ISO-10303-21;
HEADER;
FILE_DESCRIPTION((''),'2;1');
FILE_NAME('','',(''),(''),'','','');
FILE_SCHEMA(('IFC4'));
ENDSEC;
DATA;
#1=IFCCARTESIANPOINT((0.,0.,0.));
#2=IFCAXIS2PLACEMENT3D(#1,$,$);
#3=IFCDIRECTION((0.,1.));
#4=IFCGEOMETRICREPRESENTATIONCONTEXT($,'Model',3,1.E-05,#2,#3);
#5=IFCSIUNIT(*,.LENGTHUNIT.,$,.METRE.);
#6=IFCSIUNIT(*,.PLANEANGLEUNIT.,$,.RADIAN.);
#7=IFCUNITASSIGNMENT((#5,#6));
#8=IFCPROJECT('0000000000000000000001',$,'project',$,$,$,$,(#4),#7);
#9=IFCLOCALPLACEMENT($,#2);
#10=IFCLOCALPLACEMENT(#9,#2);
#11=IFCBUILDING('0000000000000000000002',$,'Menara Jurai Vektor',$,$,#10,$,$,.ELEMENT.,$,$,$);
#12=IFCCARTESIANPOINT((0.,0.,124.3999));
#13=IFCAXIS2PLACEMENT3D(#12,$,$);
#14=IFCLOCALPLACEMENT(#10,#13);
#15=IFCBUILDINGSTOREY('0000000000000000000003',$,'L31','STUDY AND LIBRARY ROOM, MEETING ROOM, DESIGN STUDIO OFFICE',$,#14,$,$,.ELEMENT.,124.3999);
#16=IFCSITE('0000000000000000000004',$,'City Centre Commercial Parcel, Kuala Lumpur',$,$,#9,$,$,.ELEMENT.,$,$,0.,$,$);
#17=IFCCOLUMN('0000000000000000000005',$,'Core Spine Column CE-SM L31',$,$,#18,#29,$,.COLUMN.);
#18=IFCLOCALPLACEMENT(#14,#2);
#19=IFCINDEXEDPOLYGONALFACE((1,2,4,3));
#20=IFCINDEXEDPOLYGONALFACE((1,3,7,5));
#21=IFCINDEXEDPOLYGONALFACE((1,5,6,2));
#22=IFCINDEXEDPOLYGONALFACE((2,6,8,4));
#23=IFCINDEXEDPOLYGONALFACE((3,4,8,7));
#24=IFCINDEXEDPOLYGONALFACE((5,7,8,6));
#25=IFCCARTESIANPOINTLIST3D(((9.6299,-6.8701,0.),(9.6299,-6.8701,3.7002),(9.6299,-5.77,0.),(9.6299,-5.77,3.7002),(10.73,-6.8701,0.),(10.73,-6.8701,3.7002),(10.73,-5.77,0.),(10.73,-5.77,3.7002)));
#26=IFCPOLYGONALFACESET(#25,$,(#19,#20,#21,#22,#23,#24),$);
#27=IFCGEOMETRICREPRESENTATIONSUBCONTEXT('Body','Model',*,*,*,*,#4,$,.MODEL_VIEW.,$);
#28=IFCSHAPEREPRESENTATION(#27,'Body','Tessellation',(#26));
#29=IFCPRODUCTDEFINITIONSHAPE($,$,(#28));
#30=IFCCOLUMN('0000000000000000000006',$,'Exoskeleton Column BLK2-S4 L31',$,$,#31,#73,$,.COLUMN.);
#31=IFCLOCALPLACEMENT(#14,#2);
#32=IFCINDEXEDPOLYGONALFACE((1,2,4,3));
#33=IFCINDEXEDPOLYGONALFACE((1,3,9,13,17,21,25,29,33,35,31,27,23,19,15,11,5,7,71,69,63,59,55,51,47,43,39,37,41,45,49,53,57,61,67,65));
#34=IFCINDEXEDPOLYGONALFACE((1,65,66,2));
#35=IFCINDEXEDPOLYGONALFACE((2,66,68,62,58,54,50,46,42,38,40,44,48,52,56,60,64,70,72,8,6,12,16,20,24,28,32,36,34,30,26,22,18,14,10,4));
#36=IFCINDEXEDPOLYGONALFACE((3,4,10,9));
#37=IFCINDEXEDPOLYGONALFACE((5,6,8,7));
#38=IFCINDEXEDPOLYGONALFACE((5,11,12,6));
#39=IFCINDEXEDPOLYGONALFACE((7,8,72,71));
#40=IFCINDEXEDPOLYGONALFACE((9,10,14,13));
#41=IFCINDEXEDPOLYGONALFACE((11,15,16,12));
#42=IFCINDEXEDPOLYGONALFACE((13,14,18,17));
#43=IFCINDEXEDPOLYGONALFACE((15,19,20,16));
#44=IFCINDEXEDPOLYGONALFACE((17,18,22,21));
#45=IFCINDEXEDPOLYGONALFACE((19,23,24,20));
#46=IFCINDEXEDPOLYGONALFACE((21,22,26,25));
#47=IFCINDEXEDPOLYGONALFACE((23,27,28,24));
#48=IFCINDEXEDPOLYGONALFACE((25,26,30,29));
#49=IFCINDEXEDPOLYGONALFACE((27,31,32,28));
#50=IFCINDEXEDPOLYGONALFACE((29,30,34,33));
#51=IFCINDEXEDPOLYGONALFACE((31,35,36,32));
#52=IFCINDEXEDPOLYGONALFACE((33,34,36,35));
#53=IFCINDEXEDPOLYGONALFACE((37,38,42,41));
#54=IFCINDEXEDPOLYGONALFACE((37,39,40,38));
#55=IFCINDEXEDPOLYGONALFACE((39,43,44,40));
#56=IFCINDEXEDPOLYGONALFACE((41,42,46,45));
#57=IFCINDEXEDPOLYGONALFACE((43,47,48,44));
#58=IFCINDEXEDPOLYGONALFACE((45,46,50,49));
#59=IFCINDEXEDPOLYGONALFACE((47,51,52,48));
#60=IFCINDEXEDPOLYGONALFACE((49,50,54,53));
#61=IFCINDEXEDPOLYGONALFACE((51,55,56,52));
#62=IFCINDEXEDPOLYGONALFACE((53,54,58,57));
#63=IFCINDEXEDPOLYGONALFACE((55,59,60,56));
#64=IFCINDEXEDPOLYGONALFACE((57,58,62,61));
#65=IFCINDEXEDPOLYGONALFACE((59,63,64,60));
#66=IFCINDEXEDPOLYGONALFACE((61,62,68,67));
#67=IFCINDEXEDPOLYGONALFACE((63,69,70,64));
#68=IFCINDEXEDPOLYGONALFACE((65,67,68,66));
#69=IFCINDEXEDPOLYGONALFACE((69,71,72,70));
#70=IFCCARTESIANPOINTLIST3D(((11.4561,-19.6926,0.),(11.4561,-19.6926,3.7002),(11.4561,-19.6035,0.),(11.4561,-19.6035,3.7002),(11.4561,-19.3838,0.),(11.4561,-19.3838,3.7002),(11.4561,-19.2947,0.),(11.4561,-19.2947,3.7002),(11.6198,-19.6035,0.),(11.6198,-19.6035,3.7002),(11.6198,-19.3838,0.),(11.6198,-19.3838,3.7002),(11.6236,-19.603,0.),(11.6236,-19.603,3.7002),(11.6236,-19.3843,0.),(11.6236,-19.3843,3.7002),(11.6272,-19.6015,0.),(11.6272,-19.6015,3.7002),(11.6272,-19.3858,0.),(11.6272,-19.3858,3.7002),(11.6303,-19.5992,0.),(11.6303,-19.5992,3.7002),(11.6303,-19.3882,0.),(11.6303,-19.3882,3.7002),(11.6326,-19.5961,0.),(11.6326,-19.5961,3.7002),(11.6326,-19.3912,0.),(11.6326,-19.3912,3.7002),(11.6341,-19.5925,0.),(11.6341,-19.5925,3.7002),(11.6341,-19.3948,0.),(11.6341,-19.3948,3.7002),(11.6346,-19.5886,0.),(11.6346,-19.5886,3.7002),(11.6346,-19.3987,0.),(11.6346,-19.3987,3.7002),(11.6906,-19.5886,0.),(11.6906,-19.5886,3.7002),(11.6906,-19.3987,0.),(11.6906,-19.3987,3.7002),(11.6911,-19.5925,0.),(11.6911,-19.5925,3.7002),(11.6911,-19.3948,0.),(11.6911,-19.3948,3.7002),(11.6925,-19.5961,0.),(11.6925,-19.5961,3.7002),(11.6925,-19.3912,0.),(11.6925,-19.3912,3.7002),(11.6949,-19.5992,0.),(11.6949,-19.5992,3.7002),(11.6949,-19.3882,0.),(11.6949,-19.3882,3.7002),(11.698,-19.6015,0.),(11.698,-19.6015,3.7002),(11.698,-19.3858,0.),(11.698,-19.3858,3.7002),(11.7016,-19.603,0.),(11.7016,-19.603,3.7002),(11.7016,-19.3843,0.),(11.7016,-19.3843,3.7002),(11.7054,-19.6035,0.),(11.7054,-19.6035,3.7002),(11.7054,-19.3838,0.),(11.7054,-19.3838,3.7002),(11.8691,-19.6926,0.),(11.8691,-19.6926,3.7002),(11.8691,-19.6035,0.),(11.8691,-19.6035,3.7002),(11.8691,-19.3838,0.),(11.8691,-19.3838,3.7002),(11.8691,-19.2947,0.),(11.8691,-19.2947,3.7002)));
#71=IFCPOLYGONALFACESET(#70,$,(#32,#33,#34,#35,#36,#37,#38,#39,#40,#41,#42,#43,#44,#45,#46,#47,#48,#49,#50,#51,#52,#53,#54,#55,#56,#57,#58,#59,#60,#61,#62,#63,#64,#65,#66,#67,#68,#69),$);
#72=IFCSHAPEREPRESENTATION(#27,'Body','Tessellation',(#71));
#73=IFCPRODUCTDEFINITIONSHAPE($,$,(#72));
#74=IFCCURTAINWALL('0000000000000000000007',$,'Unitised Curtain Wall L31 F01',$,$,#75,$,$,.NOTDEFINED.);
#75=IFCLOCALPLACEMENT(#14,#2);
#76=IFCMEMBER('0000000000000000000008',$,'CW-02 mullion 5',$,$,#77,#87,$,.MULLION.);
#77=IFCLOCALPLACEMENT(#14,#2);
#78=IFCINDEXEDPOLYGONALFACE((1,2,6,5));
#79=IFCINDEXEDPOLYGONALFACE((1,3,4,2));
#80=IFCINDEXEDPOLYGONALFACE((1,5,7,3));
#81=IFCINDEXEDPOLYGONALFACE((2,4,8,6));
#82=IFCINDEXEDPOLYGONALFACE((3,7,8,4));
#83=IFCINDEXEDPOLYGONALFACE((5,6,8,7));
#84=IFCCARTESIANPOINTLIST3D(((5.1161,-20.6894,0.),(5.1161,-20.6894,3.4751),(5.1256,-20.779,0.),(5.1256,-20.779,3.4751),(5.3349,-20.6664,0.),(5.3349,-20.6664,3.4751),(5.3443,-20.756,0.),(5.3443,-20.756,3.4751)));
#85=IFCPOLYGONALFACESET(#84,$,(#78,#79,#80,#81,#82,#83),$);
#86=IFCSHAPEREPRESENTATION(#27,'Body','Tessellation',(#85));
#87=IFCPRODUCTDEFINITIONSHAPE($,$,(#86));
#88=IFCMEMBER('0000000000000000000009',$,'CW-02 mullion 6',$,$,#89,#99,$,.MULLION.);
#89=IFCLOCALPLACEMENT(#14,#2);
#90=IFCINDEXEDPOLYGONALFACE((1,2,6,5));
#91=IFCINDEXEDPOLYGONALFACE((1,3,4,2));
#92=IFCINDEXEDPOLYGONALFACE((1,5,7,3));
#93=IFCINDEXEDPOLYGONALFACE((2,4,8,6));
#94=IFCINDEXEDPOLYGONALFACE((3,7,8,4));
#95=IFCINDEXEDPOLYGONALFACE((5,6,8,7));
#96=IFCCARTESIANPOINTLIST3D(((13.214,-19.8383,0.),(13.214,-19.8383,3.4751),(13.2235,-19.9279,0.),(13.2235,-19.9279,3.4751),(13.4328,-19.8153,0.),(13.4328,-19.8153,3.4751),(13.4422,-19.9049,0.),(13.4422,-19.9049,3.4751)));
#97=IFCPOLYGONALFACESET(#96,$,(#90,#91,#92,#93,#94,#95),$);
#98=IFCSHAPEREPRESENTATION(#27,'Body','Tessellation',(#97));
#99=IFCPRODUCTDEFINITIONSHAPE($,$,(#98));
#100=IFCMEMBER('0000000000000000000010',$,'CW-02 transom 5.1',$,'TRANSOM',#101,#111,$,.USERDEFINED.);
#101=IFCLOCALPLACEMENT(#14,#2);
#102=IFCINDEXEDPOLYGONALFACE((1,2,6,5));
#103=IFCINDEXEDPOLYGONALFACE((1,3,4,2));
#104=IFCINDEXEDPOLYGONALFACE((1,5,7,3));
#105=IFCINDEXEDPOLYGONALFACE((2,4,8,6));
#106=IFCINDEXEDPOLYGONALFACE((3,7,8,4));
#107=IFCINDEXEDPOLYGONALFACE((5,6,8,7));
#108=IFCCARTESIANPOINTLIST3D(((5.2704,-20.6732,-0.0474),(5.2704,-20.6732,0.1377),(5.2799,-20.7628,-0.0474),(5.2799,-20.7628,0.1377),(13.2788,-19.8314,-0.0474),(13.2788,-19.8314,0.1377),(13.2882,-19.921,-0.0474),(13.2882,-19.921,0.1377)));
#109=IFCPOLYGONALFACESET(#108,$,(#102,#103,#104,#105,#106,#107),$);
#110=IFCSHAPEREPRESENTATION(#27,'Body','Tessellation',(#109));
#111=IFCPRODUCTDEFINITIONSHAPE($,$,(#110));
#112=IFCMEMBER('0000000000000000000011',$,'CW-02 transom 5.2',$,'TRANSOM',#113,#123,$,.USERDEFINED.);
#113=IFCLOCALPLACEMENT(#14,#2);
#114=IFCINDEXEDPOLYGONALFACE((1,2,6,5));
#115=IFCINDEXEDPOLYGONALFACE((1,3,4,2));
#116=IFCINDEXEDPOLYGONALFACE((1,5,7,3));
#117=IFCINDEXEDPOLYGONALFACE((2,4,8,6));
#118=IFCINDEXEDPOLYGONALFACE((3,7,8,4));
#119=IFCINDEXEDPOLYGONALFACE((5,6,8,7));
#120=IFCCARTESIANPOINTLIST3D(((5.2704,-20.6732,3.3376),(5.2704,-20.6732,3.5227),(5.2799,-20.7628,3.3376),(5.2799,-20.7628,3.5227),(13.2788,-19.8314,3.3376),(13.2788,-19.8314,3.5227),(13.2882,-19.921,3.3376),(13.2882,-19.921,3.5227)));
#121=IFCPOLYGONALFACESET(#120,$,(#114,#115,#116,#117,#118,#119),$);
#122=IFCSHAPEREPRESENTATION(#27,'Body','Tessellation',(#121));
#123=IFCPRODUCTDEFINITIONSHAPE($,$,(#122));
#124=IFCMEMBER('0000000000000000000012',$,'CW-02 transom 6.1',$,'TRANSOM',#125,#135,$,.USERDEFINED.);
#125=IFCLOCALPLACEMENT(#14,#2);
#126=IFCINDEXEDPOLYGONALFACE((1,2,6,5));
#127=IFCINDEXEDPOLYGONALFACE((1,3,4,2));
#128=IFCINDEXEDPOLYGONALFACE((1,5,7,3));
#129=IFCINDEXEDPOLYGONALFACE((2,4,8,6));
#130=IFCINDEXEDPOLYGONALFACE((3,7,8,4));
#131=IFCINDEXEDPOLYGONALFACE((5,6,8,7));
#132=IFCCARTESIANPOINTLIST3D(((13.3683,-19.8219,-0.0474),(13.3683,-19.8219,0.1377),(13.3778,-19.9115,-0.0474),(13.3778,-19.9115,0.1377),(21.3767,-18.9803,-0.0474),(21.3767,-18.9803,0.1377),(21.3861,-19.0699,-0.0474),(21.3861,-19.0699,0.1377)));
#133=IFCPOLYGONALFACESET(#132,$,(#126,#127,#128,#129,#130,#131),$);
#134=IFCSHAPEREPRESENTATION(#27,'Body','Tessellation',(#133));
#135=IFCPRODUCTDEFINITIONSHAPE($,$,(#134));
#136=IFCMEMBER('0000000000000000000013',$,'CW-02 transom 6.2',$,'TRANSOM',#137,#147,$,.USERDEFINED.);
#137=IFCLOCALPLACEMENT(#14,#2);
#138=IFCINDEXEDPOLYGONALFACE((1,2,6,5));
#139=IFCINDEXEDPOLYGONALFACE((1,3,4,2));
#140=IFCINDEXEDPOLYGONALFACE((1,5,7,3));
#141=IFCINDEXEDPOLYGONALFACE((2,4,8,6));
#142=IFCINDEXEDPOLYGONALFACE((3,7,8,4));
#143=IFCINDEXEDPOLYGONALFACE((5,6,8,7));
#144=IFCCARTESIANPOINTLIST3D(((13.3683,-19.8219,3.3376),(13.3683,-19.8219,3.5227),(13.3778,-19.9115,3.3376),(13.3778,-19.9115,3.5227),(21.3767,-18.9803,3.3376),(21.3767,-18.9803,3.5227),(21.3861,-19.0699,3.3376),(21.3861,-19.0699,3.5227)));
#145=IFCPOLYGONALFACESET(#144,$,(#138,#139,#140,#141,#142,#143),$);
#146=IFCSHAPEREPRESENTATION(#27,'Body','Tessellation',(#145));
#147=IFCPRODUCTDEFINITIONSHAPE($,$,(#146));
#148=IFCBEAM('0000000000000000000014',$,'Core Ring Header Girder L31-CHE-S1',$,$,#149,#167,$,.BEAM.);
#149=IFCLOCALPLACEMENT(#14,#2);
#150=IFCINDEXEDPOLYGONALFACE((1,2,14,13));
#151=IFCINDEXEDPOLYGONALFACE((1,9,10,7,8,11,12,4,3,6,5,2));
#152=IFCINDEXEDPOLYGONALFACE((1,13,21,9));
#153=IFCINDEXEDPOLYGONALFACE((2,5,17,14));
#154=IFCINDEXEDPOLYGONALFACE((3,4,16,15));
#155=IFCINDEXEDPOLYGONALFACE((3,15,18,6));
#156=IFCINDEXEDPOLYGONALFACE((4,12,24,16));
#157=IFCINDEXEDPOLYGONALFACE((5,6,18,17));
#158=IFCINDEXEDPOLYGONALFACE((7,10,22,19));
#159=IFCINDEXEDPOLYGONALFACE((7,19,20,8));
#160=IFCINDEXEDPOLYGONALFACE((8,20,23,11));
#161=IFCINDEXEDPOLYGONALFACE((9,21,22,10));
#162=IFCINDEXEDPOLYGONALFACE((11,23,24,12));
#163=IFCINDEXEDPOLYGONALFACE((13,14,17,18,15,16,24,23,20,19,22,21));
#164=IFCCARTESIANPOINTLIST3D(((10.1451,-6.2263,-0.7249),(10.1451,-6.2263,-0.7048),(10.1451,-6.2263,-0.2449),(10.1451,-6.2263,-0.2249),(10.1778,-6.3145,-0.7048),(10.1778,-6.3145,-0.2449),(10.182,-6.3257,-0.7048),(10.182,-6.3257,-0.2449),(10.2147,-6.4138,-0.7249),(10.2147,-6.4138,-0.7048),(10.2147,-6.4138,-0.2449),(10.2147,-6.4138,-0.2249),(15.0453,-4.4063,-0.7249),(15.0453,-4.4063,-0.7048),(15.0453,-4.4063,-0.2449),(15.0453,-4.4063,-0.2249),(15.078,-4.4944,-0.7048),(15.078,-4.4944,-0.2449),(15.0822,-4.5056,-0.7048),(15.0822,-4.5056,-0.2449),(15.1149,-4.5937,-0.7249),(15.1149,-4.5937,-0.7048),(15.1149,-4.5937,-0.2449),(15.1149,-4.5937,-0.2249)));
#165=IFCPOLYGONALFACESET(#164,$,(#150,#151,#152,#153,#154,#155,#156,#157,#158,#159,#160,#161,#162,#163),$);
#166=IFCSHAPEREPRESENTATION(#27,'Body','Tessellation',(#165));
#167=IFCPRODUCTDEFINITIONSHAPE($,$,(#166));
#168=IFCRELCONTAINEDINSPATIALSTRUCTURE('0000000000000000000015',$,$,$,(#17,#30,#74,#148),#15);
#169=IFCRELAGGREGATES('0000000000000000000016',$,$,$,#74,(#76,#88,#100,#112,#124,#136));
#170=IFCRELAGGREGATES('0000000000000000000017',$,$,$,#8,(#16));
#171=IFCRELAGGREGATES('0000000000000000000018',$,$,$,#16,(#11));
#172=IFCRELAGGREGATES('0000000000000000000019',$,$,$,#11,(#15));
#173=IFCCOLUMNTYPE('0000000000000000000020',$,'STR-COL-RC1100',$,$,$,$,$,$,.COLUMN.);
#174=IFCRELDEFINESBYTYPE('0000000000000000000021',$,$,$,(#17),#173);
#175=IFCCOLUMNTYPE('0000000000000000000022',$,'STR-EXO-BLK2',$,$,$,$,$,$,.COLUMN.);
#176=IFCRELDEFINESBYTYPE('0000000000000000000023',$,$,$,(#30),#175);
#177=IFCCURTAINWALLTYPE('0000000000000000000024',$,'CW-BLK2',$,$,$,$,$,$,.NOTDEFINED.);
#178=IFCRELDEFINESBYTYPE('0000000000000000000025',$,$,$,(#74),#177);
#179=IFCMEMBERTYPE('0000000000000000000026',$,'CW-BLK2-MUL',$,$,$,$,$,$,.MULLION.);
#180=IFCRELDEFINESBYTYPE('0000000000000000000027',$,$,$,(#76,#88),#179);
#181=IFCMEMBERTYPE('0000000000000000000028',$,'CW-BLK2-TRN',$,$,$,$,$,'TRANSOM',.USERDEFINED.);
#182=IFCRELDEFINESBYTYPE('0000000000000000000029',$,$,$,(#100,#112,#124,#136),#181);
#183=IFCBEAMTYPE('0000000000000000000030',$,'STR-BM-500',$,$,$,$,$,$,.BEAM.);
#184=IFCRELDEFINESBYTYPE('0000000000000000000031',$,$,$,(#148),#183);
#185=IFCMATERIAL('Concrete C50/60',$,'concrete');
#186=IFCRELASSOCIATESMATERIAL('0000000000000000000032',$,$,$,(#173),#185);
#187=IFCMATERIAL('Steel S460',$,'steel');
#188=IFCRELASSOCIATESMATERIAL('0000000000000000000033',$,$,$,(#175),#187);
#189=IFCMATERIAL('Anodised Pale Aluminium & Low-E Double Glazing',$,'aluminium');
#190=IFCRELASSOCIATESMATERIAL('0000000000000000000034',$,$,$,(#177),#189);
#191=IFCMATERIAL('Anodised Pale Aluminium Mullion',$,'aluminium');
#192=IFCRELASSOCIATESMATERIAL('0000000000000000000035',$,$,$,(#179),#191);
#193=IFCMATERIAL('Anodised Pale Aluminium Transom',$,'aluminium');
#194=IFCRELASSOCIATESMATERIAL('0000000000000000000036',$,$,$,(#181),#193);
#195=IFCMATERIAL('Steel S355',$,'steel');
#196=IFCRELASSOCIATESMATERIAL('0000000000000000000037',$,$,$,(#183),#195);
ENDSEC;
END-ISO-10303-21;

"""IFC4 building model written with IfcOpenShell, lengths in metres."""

from ifc_helpers import new_model, si_unit, direction, frame, origin, origin_2d, place, context, subcontext, project, spatial, rectangle, i_section, extrude, material, material_profile, profile_set, type_object, element, aggregate, save


model = new_model("IFC4")

# Units and contexts
model_context = context("Model", 3, precision=1e-05, world=origin(), true_north=direction((0.0, 1.0)))
body_context = subcontext(model_context, "Body", "Model", "MODEL_VIEW")
ifc_project = project(units=[si_unit("LENGTHUNIT", "METRE"), si_unit("PLANEANGLEUNIT", "RADIAN")], contexts=[model_context])

# Site, building, storey
site_placement = place(None, origin())
site = spatial("IfcSite", under=ifc_project, at=site_placement, Name="City Centre Commercial Parcel, Kuala Lumpur", CompositionType="ELEMENT", RefElevation=0.0)
building_placement = place(site_placement, origin())
building = spatial("IfcBuilding", under=site, at=building_placement, Name="Menara Jurai Vektor", CompositionType="ELEMENT")
storey_placement = place(building_placement, frame((0.0, 0.0, 124.3999)))
storey = spatial("IfcBuildingStorey", under=building, at=storey_placement, Name="L31", Description="STUDY AND LIBRARY ROOM, MEETING ROOM, DESIGN STUDIO OFFICE", CompositionType="ELEMENT", Elevation=124.3999)

# Columns
ifc_material_1 = material(Name="Concrete C50/60", Category="concrete")
ifc_material_profile_1 = material_profile(ifc_material_1, rectangle(XDim=1.1001, YDim=1.1001, at=origin_2d()), Name="RC 1100x1100")
ifc_profile_set_1 = profile_set([ifc_material_profile_1], Name="Concrete C50/60")
column_type_1 = type_object("IfcColumnType", Name="STR-COL-RC1100", PredefinedType="COLUMN", material=ifc_profile_set_1)
column_1_placement = place(storey_placement, frame((10.1799, -6.3201, 0.0), z_axis=(0.0, 0.0, 1.0), x_axis=(1.0, 0.0, 0.0)))
element("IfcColumn", 1, at=column_1_placement, inside=storey, type_object=column_type_1, Name="Core Spine Column CE-SM L31", PredefinedType="COLUMN", context=body_context, shape_type="SweptSolid", body=[
    extrude(rectangle(XDim=1.1001, YDim=1.1001, at=origin_2d()), origin(), (0.0, 0.0, 1.0), 3.7002),
])
ifc_material_2 = material(Name="Steel S460", Category="steel")
ifc_material_profile_2 = material_profile(ifc_material_2, i_section(OverallWidth=0.4131, OverallDepth=0.3979, WebThickness=0.0559, FlangeThickness=0.0891, FilletRadius=0.0149, at=origin_2d()), Name="HD 400x744")
ifc_profile_set_2 = profile_set([ifc_material_profile_2], Name="Steel S460")
column_type_2 = type_object("IfcColumnType", Name="STR-EXO-BLK2", PredefinedType="COLUMN", material=ifc_profile_set_2)
column_2_placement = place(storey_placement, frame((11.6626, -19.4937, 0.0), z_axis=(0.0, 0.0, 1.0), x_axis=(1.0, 0.0, 0.0)))
element("IfcColumn", 2, at=column_2_placement, inside=storey, type_object=column_type_2, Name="Exoskeleton Column BLK2-S4 L31", PredefinedType="COLUMN", context=body_context, shape_type="SweptSolid", body=[
    extrude(i_section(OverallWidth=0.4131, OverallDepth=0.3979, WebThickness=0.0559, FlangeThickness=0.0891, FilletRadius=0.0149, at=origin_2d()), origin(), (0.0, 0.0, 1.0), 3.7002),
])

# Curtain wall, members
ifc_material_3 = material(Name="Anodised Pale Aluminium & Low-E Double Glazing", Category="aluminium")
curtain_wall_type = type_object("IfcCurtainWallType", Name="CW-BLK2", PredefinedType="NOTDEFINED", material=ifc_material_3)
curtain_wall_placement = place(storey_placement, origin())
curtain_wall = element("IfcCurtainWall", 3, at=curtain_wall_placement, inside=storey, type_object=curtain_wall_type, Name="Unitised Curtain Wall L31 F01", PredefinedType="NOTDEFINED")
ifc_material_4 = material(Name="Anodised Pale Aluminium Mullion", Category="aluminium")
ifc_material_profile_3 = material_profile(ifc_material_4, rectangle(XDim=0.0901, YDim=0.22, at=origin_2d()), Name="ALU MUL 90x220")
ifc_profile_set_3 = profile_set([ifc_material_profile_3], Name="Anodised Pale Aluminium Mullion")
member_type_1 = type_object("IfcMemberType", Name="CW-BLK2-MUL", PredefinedType="MULLION", material=ifc_profile_set_3)
member_1_placement = place(storey_placement, frame((5.2302, -20.7227, 0.0), z_axis=(0.0, 0.0, 1.0), x_axis=(-0.104529, 0.994522, 0.0)))
member_1 = element("IfcMember", 4, at=member_1_placement, type_object=member_type_1, Name="CW-02 mullion 5", PredefinedType="MULLION", context=body_context, shape_type="SweptSolid", body=[
    extrude(rectangle(XDim=0.0901, YDim=0.22, at=origin_2d()), origin(), (0.0, 0.0, 1.0), 3.4751),
])
member_2_placement = place(storey_placement, frame((13.3281, -19.8716, 0.0), z_axis=(0.0, 0.0, 1.0), x_axis=(-0.104529, 0.994522, 0.0)))
member_2 = element("IfcMember", 5, at=member_2_placement, type_object=member_type_1, Name="CW-02 mullion 6", PredefinedType="MULLION", context=body_context, shape_type="SweptSolid", body=[
    extrude(rectangle(XDim=0.0901, YDim=0.22, at=origin_2d()), origin(), (0.0, 0.0, 1.0), 3.4751),
])
ifc_material_5 = material(Name="Anodised Pale Aluminium Transom", Category="aluminium")
ifc_material_profile_4 = material_profile(ifc_material_5, rectangle(XDim=0.0901, YDim=0.1851, at=origin_2d()), Name="ALU TRN 90x185")
ifc_profile_set_4 = profile_set([ifc_material_profile_4], Name="Anodised Pale Aluminium Transom")
member_type_2 = type_object("IfcMemberType", Name="CW-BLK2-TRN", ElementType="TRANSOM", PredefinedType="USERDEFINED", material=ifc_profile_set_4)
member_3_placement = place(storey_placement, frame((5.2751, -20.718, 0.0452), z_axis=(0.994521, 0.10454, 0.0), x_axis=(-0.10454, 0.994521, 0.0)))
member_3 = element("IfcMember", 6, at=member_3_placement, type_object=member_type_2, Name="CW-02 transom 5.1", ObjectType="TRANSOM", PredefinedType="USERDEFINED", context=body_context, shape_type="SweptSolid", body=[
    extrude(rectangle(XDim=0.0901, YDim=0.1851, at=origin_2d()), origin(), (0.0, 0.0, 1.0), 8.0525),
])
member_4_placement = place(storey_placement, frame((5.2751, -20.718, 3.4302), z_axis=(0.994521, 0.10454, 0.0), x_axis=(-0.10454, 0.994521, 0.0)))
member_4 = element("IfcMember", 7, at=member_4_placement, type_object=member_type_2, Name="CW-02 transom 5.2", ObjectType="TRANSOM", PredefinedType="USERDEFINED", context=body_context, shape_type="SweptSolid", body=[
    extrude(rectangle(XDim=0.0901, YDim=0.1851, at=origin_2d()), origin(), (0.0, 0.0, 1.0), 8.0525),
])
member_5_placement = place(storey_placement, frame((13.373, -19.8667, 0.0452), z_axis=(0.994524, 0.10451, 0.0), x_axis=(-0.10451, 0.994524, 0.0)))
member_5 = element("IfcMember", 8, at=member_5_placement, type_object=member_type_2, Name="CW-02 transom 6.1", ObjectType="TRANSOM", PredefinedType="USERDEFINED", context=body_context, shape_type="SweptSolid", body=[
    extrude(rectangle(XDim=0.0901, YDim=0.1851, at=origin_2d()), origin(), (0.0, 0.0, 1.0), 8.0525),
])
member_6_placement = place(storey_placement, frame((13.373, -19.8667, 3.4302), z_axis=(0.994524, 0.10451, 0.0), x_axis=(-0.10451, 0.994524, 0.0)))
member_6 = element("IfcMember", 9, at=member_6_placement, type_object=member_type_2, Name="CW-02 transom 6.2", ObjectType="TRANSOM", PredefinedType="USERDEFINED", context=body_context, shape_type="SweptSolid", body=[
    extrude(rectangle(XDim=0.0901, YDim=0.1851, at=origin_2d()), origin(), (0.0, 0.0, 1.0), 8.0525),
])

# Beam
ifc_material_6 = material(Name="Steel S355", Category="steel")
ifc_material_profile_5 = material_profile(ifc_material_6, i_section(OverallWidth=0.2, OverallDepth=0.5, WebThickness=0.012, FlangeThickness=0.02, at=origin_2d()), Name="PG 500x200x96")
ifc_profile_set_5 = profile_set([ifc_material_profile_5], Name="Steel S355")
beam_type_1 = type_object("IfcBeamType", Name="STR-BM-500", PredefinedType="BEAM", material=ifc_profile_set_5)
beam_1_placement = place(storey_placement, frame((10.1799, -6.3201, -0.4749), z_axis=(0.937424, 0.348189, 0.0), x_axis=(-0.348189, 0.937424, 0.0)))
element("IfcBeam", 10, at=beam_1_placement, inside=storey, type_object=beam_type_1, Name="Core Ring Header Girder L31-CHE-S1", PredefinedType="BEAM", context=body_context, shape_type="SweptSolid", body=[
    extrude(i_section(OverallWidth=0.2, OverallDepth=0.5, WebThickness=0.012, FlangeThickness=0.02, at=origin_2d()), origin(), (0.0, 0.0, 1.0), 5.2273),
])

aggregate(curtain_wall, [member_1, member_2, member_3, member_4, member_5, member_6])

save(model, "model.ifc")
